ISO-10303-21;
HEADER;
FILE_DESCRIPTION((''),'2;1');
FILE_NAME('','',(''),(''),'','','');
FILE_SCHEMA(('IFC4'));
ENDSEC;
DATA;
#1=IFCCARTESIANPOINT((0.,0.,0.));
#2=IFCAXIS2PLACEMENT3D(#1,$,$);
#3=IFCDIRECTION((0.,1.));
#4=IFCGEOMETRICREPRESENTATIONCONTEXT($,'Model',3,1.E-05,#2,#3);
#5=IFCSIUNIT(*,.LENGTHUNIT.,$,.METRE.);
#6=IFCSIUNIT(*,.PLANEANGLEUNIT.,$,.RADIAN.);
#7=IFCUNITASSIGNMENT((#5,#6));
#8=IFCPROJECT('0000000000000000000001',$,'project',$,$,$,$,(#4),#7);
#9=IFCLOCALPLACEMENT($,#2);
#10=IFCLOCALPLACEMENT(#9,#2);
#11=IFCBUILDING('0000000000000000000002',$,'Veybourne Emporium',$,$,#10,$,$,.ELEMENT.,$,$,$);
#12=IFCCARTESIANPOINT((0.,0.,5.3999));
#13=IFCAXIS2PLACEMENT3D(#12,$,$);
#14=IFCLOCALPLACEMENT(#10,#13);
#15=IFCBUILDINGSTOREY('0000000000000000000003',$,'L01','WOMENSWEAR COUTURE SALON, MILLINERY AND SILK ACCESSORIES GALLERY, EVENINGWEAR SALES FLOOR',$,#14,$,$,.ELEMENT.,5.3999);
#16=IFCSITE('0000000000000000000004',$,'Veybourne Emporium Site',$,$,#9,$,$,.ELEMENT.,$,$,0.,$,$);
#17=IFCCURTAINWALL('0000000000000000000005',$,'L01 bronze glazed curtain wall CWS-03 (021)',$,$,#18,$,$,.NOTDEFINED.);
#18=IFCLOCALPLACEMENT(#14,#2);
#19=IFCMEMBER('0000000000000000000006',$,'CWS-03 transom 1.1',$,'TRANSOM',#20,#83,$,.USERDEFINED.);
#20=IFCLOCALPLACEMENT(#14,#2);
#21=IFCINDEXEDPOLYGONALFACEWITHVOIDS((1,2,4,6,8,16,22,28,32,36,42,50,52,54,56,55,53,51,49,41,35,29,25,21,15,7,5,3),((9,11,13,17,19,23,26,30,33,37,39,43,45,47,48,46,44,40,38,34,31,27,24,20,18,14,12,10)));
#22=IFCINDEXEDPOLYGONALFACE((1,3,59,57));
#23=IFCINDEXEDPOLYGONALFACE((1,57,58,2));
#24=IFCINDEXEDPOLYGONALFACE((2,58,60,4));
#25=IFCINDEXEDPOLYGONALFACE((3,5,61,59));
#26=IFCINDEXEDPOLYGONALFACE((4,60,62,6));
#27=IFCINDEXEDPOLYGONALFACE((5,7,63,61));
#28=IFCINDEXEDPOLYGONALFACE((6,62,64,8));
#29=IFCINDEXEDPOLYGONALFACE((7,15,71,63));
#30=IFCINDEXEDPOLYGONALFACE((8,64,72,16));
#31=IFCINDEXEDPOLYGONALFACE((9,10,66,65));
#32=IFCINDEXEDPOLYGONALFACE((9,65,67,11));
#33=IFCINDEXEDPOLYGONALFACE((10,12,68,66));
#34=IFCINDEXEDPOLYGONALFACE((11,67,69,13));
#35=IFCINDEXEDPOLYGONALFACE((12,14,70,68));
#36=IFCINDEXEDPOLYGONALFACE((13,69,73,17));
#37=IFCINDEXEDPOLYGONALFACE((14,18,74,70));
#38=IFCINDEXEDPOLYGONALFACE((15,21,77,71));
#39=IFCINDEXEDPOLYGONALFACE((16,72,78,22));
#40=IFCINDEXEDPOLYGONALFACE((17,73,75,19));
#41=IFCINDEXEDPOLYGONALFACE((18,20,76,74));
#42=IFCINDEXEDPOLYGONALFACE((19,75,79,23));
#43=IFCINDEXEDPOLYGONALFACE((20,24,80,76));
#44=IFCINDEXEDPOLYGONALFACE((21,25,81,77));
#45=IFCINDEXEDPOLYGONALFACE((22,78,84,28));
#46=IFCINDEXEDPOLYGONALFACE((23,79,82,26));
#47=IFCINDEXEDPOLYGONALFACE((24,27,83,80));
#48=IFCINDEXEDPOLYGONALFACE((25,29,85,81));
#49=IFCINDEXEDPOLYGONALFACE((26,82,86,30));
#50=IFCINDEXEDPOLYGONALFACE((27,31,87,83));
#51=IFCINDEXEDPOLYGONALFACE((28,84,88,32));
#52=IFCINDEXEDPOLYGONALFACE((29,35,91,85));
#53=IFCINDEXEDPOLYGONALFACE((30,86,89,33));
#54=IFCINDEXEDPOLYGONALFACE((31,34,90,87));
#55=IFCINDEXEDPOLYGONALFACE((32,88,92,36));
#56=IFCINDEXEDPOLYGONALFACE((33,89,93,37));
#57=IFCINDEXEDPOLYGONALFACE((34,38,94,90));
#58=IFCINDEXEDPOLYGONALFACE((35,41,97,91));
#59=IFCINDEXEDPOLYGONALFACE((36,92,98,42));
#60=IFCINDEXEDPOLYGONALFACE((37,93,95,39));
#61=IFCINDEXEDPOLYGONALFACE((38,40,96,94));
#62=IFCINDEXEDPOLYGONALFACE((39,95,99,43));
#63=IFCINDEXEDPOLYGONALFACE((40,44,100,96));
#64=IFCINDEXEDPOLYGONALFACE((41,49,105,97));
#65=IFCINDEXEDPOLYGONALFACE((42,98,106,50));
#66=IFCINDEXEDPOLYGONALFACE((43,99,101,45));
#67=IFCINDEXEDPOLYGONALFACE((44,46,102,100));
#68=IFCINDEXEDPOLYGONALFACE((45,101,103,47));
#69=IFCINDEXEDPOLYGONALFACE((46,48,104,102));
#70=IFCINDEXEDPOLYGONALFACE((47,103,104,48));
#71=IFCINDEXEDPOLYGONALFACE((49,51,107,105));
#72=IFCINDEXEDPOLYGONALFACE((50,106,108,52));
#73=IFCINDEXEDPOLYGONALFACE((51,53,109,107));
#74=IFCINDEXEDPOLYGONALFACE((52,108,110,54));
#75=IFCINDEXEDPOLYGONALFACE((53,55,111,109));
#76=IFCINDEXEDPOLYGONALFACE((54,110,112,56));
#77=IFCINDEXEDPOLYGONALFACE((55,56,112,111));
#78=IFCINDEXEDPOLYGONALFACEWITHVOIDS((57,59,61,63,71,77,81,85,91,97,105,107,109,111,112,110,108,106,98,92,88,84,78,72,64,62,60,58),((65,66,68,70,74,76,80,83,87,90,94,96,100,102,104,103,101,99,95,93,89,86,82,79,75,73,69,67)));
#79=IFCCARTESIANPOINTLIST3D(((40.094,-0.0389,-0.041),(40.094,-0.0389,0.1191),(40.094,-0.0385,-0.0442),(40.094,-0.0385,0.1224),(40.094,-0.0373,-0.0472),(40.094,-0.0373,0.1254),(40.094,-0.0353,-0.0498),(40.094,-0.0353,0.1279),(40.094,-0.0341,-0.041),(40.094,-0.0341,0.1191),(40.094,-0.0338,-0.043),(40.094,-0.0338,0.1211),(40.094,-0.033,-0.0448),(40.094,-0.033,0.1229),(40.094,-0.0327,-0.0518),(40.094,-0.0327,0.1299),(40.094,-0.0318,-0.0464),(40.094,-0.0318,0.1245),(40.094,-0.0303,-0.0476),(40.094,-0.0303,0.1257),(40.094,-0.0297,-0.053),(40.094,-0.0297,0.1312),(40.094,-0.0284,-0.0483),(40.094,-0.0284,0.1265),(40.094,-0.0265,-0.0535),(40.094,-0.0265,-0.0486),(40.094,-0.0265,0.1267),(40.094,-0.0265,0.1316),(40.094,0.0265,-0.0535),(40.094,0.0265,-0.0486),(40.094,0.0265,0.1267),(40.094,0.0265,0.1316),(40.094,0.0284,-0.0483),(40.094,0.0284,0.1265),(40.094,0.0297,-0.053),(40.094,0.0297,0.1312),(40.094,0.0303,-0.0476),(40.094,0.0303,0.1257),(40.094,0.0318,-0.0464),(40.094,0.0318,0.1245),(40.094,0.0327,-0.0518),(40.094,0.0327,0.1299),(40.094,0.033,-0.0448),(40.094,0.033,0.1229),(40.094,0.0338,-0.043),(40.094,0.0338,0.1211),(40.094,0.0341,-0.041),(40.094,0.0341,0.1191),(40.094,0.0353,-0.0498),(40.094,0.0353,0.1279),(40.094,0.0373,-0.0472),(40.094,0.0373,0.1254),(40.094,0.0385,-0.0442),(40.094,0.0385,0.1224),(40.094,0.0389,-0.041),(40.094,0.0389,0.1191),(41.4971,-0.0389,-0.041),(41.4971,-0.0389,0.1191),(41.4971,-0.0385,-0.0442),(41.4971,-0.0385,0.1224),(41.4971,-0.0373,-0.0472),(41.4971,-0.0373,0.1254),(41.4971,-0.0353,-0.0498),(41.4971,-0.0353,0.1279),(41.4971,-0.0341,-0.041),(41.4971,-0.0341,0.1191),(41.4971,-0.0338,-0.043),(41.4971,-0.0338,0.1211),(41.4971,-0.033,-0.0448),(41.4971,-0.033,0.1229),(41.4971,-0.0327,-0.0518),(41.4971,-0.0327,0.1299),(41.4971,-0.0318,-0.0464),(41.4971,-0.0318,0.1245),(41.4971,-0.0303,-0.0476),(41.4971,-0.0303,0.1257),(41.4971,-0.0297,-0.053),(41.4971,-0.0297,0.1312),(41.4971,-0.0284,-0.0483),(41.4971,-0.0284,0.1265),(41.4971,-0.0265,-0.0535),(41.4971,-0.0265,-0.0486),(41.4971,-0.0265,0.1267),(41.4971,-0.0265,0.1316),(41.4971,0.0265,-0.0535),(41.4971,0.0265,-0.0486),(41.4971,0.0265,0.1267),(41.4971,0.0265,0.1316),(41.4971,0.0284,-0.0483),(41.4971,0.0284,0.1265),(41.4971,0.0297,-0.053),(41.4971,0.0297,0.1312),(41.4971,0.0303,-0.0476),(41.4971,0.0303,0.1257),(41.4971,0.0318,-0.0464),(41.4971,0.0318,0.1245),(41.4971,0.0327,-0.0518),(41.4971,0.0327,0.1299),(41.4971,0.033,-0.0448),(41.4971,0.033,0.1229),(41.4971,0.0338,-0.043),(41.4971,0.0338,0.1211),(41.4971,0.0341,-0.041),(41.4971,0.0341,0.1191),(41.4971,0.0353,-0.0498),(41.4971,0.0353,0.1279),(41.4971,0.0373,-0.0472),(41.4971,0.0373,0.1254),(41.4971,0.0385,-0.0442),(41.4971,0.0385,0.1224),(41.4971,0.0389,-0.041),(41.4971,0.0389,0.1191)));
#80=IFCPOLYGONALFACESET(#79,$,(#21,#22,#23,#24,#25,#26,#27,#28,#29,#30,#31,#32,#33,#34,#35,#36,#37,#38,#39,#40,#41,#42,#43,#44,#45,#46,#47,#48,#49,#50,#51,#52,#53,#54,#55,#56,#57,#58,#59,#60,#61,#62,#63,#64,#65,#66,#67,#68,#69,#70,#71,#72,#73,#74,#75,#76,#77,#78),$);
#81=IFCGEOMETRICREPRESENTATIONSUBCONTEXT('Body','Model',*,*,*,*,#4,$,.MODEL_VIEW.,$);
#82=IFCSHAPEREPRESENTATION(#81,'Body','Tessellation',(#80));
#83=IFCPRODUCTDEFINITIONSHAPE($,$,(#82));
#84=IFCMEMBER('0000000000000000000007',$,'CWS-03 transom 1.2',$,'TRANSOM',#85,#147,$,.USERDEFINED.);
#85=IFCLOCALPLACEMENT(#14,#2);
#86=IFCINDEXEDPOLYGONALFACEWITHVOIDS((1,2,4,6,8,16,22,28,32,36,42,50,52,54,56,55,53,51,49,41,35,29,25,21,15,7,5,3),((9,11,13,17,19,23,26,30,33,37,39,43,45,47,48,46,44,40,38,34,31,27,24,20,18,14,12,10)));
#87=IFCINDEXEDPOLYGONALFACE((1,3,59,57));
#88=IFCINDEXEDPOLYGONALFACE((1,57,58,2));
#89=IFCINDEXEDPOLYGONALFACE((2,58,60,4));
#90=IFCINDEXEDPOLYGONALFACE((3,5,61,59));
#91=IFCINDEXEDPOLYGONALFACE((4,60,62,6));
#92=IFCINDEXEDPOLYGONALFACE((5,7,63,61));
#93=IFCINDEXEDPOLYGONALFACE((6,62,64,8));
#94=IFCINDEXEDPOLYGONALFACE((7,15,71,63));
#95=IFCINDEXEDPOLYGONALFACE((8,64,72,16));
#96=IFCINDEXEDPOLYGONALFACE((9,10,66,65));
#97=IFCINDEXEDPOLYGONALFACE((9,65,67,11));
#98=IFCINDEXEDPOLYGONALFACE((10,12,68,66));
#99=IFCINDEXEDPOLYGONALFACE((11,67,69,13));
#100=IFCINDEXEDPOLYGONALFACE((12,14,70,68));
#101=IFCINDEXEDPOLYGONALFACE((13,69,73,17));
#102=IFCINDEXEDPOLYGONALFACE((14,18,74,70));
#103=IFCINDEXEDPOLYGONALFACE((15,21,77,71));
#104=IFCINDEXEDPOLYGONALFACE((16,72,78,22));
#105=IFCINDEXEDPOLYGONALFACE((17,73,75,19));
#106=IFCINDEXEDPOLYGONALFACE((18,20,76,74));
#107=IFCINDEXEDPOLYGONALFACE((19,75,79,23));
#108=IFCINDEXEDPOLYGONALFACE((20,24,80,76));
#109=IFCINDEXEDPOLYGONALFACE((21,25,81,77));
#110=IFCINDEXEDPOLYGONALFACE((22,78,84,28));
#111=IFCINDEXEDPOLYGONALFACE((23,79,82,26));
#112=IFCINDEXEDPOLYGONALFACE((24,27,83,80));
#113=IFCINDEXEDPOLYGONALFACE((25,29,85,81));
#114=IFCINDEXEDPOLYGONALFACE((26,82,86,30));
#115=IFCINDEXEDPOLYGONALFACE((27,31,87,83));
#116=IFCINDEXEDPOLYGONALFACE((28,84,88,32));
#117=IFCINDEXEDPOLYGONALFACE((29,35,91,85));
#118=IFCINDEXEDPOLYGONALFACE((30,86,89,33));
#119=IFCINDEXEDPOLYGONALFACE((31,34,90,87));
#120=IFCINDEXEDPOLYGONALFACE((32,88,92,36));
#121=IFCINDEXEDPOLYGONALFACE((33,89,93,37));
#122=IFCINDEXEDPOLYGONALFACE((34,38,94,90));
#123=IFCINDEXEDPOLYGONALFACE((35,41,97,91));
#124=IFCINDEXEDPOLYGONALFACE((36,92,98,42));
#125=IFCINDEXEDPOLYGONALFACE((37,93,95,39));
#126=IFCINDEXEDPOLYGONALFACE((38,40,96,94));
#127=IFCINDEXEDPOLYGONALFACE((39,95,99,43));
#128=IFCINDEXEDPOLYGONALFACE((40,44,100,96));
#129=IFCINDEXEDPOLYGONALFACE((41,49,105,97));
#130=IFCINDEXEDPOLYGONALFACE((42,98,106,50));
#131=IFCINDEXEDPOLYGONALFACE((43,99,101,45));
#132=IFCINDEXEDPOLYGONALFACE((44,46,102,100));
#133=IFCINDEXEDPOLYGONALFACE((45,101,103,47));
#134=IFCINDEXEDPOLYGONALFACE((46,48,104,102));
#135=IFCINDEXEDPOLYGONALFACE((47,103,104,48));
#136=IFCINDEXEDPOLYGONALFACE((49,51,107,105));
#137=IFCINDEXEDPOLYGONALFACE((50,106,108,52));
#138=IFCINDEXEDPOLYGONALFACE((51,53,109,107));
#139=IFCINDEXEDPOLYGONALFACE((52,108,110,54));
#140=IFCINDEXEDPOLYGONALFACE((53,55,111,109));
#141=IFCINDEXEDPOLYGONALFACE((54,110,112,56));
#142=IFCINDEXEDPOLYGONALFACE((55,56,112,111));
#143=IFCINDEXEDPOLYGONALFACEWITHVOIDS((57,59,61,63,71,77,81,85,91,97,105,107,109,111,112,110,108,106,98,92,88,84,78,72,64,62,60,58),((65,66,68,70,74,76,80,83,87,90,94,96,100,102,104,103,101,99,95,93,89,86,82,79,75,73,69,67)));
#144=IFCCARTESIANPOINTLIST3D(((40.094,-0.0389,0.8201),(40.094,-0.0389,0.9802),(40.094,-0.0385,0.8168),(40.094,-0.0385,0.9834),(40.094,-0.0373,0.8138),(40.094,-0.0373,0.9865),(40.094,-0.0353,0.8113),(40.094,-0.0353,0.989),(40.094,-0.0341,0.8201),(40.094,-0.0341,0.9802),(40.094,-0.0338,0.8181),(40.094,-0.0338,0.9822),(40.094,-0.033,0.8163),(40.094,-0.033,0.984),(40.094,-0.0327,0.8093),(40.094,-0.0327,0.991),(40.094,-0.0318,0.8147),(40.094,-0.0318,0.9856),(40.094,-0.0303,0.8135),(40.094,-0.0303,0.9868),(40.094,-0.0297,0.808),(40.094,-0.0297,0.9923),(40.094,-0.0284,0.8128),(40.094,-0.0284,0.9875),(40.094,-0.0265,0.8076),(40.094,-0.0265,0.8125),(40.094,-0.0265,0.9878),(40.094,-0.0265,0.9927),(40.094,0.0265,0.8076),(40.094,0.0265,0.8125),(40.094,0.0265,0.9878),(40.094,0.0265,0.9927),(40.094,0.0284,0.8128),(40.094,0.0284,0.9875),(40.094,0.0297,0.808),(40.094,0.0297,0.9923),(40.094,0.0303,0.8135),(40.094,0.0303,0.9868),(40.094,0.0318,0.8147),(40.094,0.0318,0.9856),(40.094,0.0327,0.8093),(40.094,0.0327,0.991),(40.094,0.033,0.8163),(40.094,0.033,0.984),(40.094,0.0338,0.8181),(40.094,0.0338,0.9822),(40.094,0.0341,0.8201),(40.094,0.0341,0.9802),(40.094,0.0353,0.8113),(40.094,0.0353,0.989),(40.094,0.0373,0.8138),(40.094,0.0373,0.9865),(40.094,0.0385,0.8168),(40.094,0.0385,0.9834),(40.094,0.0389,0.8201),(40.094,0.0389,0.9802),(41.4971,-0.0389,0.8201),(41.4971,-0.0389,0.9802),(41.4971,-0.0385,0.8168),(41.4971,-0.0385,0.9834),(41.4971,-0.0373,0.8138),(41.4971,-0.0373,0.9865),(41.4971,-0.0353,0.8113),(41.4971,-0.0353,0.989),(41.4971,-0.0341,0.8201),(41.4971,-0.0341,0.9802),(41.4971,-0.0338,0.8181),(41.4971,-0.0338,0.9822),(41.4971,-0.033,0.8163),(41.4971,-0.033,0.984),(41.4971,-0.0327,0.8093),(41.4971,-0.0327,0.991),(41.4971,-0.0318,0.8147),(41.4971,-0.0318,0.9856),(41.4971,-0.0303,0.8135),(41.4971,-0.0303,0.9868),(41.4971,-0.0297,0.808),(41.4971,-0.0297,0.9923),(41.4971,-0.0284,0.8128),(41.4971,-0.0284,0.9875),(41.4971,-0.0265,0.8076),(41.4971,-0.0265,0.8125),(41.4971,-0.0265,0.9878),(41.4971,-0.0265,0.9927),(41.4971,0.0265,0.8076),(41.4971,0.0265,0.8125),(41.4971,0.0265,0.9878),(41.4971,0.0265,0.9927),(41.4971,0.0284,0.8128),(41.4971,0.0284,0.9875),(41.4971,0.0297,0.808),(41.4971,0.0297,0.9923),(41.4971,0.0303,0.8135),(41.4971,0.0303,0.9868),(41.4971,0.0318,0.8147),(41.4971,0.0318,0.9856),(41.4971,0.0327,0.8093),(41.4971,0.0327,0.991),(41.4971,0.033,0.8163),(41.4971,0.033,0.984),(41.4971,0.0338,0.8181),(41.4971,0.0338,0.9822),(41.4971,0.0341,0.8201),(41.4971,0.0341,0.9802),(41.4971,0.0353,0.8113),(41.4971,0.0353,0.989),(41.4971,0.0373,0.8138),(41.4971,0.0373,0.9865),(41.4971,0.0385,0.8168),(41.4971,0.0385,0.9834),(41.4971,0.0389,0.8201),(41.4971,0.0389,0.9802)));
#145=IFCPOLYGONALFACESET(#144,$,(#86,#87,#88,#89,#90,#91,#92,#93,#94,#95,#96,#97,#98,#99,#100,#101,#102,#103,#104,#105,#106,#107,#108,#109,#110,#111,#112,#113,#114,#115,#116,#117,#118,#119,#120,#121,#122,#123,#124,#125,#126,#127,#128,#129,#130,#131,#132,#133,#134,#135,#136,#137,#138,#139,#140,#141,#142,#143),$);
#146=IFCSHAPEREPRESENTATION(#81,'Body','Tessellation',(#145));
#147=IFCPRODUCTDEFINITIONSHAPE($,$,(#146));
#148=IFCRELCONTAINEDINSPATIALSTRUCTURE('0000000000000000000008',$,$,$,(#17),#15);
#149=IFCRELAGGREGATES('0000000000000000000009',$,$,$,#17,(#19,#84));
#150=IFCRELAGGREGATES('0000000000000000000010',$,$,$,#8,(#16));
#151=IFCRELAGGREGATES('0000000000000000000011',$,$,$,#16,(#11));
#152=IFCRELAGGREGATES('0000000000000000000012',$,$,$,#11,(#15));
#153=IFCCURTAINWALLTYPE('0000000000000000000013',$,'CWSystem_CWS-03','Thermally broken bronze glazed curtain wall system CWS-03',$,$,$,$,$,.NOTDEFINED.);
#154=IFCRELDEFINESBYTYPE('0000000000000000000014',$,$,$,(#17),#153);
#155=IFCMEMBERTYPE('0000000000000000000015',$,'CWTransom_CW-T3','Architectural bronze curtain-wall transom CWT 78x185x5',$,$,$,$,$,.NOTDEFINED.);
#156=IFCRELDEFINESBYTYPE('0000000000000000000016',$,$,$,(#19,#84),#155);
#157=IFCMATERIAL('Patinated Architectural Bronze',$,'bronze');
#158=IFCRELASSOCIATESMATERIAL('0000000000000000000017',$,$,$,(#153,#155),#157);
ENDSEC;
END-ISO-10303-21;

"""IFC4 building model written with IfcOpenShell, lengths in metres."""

from ifc_helpers import new_model, si_unit, direction, frame, origin, origin_2d, place, context, subcontext, project, spatial, hollow_rectangle, extrude, material, material_profile, profile_set, type_object, element, aggregate, save


model = new_model("IFC4")

# Units and contexts
model_context = context("Model", 3, precision=1e-05, world=origin(), true_north=direction((0.0, 1.0)))
body_context = subcontext(model_context, "Body", "Model", "MODEL_VIEW")
ifc_project = project(units=[si_unit("LENGTHUNIT", "METRE"), si_unit("PLANEANGLEUNIT", "RADIAN")], contexts=[model_context])

# Site, building, storey
site_placement = place(None, origin())
site = spatial("IfcSite", under=ifc_project, at=site_placement, Name="Veybourne Emporium Site", CompositionType="ELEMENT", RefElevation=0.0)
building_placement = place(site_placement, origin())
building = spatial("IfcBuilding", under=site, at=building_placement, Name="Veybourne Emporium", CompositionType="ELEMENT")
storey_placement = place(building_placement, frame((0.0, 0.0, 5.3999)))
storey = spatial("IfcBuildingStorey", under=building, at=storey_placement, Name="L01", Description="WOMENSWEAR COUTURE SALON, MILLINERY AND SILK ACCESSORIES GALLERY, EVENINGWEAR SALES FLOOR", CompositionType="ELEMENT", Elevation=5.3999)

# Curtain wall, members
ifc_material_1 = material(Name="Patinated Architectural Bronze", Category="bronze")
curtain_wall_type = type_object("IfcCurtainWallType", Name="CWSystem_CWS-03", Description="Thermally broken bronze glazed curtain wall system CWS-03", PredefinedType="NOTDEFINED", material=ifc_material_1)
curtain_wall_placement = place(storey_placement, origin())
curtain_wall = element("IfcCurtainWall", 1, at=curtain_wall_placement, inside=storey, type_object=curtain_wall_type, Name="L01 bronze glazed curtain wall CWS-03 (021)", PredefinedType="NOTDEFINED")
ifc_material_profile_1 = material_profile(ifc_material_1, hollow_rectangle(XDim=0.0779, YDim=0.1851, WallThickness=0.0049, InnerFilletRadius=0.0076, OuterFilletRadius=0.0125, at=origin_2d()), Name="CWT 78x185x5")
ifc_profile_set_1 = profile_set([ifc_material_profile_1], Name="Patinated Architectural Bronze")
member_type_1 = type_object("IfcMemberType", Name="CWTransom_CW-T3", Description="Architectural bronze curtain-wall transom CWT 78x185x5", PredefinedType="NOTDEFINED", material=ifc_profile_set_1)
member_1_placement = place(storey_placement, frame((41.4971, 0.0, 0.0391), z_axis=(-1.0, 0.0, 0.0), x_axis=(0.0, -1.0, 0.0)))
member_1 = element("IfcMember", 2, at=member_1_placement, type_object=member_type_1, Name="CWS-03 transom 1.1", ObjectType="TRANSOM", PredefinedType="USERDEFINED", context=body_context, shape_type="SweptSolid", body=[
    extrude(hollow_rectangle(XDim=0.0779, YDim=0.1851, WallThickness=0.0049, InnerFilletRadius=0.0076, OuterFilletRadius=0.0125, at=origin_2d()), origin(), (0.0, 0.0, 1.0), 1.4031),
])
member_2_placement = place(storey_placement, frame((41.4971, 0.0, 0.9001), z_axis=(-1.0, 0.0, 0.0), x_axis=(0.0, -1.0, 0.0)))
member_2 = element("IfcMember", 3, at=member_2_placement, type_object=member_type_1, Name="CWS-03 transom 1.2", ObjectType="TRANSOM", PredefinedType="USERDEFINED", context=body_context, shape_type="SweptSolid", body=[
    extrude(hollow_rectangle(XDim=0.0779, YDim=0.1851, WallThickness=0.0049, InnerFilletRadius=0.0076, OuterFilletRadius=0.0125, at=origin_2d()), origin(), (0.0, 0.0, 1.0), 1.4031),
])

aggregate(curtain_wall, [member_1, member_2])

save(model, "model.ifc")
